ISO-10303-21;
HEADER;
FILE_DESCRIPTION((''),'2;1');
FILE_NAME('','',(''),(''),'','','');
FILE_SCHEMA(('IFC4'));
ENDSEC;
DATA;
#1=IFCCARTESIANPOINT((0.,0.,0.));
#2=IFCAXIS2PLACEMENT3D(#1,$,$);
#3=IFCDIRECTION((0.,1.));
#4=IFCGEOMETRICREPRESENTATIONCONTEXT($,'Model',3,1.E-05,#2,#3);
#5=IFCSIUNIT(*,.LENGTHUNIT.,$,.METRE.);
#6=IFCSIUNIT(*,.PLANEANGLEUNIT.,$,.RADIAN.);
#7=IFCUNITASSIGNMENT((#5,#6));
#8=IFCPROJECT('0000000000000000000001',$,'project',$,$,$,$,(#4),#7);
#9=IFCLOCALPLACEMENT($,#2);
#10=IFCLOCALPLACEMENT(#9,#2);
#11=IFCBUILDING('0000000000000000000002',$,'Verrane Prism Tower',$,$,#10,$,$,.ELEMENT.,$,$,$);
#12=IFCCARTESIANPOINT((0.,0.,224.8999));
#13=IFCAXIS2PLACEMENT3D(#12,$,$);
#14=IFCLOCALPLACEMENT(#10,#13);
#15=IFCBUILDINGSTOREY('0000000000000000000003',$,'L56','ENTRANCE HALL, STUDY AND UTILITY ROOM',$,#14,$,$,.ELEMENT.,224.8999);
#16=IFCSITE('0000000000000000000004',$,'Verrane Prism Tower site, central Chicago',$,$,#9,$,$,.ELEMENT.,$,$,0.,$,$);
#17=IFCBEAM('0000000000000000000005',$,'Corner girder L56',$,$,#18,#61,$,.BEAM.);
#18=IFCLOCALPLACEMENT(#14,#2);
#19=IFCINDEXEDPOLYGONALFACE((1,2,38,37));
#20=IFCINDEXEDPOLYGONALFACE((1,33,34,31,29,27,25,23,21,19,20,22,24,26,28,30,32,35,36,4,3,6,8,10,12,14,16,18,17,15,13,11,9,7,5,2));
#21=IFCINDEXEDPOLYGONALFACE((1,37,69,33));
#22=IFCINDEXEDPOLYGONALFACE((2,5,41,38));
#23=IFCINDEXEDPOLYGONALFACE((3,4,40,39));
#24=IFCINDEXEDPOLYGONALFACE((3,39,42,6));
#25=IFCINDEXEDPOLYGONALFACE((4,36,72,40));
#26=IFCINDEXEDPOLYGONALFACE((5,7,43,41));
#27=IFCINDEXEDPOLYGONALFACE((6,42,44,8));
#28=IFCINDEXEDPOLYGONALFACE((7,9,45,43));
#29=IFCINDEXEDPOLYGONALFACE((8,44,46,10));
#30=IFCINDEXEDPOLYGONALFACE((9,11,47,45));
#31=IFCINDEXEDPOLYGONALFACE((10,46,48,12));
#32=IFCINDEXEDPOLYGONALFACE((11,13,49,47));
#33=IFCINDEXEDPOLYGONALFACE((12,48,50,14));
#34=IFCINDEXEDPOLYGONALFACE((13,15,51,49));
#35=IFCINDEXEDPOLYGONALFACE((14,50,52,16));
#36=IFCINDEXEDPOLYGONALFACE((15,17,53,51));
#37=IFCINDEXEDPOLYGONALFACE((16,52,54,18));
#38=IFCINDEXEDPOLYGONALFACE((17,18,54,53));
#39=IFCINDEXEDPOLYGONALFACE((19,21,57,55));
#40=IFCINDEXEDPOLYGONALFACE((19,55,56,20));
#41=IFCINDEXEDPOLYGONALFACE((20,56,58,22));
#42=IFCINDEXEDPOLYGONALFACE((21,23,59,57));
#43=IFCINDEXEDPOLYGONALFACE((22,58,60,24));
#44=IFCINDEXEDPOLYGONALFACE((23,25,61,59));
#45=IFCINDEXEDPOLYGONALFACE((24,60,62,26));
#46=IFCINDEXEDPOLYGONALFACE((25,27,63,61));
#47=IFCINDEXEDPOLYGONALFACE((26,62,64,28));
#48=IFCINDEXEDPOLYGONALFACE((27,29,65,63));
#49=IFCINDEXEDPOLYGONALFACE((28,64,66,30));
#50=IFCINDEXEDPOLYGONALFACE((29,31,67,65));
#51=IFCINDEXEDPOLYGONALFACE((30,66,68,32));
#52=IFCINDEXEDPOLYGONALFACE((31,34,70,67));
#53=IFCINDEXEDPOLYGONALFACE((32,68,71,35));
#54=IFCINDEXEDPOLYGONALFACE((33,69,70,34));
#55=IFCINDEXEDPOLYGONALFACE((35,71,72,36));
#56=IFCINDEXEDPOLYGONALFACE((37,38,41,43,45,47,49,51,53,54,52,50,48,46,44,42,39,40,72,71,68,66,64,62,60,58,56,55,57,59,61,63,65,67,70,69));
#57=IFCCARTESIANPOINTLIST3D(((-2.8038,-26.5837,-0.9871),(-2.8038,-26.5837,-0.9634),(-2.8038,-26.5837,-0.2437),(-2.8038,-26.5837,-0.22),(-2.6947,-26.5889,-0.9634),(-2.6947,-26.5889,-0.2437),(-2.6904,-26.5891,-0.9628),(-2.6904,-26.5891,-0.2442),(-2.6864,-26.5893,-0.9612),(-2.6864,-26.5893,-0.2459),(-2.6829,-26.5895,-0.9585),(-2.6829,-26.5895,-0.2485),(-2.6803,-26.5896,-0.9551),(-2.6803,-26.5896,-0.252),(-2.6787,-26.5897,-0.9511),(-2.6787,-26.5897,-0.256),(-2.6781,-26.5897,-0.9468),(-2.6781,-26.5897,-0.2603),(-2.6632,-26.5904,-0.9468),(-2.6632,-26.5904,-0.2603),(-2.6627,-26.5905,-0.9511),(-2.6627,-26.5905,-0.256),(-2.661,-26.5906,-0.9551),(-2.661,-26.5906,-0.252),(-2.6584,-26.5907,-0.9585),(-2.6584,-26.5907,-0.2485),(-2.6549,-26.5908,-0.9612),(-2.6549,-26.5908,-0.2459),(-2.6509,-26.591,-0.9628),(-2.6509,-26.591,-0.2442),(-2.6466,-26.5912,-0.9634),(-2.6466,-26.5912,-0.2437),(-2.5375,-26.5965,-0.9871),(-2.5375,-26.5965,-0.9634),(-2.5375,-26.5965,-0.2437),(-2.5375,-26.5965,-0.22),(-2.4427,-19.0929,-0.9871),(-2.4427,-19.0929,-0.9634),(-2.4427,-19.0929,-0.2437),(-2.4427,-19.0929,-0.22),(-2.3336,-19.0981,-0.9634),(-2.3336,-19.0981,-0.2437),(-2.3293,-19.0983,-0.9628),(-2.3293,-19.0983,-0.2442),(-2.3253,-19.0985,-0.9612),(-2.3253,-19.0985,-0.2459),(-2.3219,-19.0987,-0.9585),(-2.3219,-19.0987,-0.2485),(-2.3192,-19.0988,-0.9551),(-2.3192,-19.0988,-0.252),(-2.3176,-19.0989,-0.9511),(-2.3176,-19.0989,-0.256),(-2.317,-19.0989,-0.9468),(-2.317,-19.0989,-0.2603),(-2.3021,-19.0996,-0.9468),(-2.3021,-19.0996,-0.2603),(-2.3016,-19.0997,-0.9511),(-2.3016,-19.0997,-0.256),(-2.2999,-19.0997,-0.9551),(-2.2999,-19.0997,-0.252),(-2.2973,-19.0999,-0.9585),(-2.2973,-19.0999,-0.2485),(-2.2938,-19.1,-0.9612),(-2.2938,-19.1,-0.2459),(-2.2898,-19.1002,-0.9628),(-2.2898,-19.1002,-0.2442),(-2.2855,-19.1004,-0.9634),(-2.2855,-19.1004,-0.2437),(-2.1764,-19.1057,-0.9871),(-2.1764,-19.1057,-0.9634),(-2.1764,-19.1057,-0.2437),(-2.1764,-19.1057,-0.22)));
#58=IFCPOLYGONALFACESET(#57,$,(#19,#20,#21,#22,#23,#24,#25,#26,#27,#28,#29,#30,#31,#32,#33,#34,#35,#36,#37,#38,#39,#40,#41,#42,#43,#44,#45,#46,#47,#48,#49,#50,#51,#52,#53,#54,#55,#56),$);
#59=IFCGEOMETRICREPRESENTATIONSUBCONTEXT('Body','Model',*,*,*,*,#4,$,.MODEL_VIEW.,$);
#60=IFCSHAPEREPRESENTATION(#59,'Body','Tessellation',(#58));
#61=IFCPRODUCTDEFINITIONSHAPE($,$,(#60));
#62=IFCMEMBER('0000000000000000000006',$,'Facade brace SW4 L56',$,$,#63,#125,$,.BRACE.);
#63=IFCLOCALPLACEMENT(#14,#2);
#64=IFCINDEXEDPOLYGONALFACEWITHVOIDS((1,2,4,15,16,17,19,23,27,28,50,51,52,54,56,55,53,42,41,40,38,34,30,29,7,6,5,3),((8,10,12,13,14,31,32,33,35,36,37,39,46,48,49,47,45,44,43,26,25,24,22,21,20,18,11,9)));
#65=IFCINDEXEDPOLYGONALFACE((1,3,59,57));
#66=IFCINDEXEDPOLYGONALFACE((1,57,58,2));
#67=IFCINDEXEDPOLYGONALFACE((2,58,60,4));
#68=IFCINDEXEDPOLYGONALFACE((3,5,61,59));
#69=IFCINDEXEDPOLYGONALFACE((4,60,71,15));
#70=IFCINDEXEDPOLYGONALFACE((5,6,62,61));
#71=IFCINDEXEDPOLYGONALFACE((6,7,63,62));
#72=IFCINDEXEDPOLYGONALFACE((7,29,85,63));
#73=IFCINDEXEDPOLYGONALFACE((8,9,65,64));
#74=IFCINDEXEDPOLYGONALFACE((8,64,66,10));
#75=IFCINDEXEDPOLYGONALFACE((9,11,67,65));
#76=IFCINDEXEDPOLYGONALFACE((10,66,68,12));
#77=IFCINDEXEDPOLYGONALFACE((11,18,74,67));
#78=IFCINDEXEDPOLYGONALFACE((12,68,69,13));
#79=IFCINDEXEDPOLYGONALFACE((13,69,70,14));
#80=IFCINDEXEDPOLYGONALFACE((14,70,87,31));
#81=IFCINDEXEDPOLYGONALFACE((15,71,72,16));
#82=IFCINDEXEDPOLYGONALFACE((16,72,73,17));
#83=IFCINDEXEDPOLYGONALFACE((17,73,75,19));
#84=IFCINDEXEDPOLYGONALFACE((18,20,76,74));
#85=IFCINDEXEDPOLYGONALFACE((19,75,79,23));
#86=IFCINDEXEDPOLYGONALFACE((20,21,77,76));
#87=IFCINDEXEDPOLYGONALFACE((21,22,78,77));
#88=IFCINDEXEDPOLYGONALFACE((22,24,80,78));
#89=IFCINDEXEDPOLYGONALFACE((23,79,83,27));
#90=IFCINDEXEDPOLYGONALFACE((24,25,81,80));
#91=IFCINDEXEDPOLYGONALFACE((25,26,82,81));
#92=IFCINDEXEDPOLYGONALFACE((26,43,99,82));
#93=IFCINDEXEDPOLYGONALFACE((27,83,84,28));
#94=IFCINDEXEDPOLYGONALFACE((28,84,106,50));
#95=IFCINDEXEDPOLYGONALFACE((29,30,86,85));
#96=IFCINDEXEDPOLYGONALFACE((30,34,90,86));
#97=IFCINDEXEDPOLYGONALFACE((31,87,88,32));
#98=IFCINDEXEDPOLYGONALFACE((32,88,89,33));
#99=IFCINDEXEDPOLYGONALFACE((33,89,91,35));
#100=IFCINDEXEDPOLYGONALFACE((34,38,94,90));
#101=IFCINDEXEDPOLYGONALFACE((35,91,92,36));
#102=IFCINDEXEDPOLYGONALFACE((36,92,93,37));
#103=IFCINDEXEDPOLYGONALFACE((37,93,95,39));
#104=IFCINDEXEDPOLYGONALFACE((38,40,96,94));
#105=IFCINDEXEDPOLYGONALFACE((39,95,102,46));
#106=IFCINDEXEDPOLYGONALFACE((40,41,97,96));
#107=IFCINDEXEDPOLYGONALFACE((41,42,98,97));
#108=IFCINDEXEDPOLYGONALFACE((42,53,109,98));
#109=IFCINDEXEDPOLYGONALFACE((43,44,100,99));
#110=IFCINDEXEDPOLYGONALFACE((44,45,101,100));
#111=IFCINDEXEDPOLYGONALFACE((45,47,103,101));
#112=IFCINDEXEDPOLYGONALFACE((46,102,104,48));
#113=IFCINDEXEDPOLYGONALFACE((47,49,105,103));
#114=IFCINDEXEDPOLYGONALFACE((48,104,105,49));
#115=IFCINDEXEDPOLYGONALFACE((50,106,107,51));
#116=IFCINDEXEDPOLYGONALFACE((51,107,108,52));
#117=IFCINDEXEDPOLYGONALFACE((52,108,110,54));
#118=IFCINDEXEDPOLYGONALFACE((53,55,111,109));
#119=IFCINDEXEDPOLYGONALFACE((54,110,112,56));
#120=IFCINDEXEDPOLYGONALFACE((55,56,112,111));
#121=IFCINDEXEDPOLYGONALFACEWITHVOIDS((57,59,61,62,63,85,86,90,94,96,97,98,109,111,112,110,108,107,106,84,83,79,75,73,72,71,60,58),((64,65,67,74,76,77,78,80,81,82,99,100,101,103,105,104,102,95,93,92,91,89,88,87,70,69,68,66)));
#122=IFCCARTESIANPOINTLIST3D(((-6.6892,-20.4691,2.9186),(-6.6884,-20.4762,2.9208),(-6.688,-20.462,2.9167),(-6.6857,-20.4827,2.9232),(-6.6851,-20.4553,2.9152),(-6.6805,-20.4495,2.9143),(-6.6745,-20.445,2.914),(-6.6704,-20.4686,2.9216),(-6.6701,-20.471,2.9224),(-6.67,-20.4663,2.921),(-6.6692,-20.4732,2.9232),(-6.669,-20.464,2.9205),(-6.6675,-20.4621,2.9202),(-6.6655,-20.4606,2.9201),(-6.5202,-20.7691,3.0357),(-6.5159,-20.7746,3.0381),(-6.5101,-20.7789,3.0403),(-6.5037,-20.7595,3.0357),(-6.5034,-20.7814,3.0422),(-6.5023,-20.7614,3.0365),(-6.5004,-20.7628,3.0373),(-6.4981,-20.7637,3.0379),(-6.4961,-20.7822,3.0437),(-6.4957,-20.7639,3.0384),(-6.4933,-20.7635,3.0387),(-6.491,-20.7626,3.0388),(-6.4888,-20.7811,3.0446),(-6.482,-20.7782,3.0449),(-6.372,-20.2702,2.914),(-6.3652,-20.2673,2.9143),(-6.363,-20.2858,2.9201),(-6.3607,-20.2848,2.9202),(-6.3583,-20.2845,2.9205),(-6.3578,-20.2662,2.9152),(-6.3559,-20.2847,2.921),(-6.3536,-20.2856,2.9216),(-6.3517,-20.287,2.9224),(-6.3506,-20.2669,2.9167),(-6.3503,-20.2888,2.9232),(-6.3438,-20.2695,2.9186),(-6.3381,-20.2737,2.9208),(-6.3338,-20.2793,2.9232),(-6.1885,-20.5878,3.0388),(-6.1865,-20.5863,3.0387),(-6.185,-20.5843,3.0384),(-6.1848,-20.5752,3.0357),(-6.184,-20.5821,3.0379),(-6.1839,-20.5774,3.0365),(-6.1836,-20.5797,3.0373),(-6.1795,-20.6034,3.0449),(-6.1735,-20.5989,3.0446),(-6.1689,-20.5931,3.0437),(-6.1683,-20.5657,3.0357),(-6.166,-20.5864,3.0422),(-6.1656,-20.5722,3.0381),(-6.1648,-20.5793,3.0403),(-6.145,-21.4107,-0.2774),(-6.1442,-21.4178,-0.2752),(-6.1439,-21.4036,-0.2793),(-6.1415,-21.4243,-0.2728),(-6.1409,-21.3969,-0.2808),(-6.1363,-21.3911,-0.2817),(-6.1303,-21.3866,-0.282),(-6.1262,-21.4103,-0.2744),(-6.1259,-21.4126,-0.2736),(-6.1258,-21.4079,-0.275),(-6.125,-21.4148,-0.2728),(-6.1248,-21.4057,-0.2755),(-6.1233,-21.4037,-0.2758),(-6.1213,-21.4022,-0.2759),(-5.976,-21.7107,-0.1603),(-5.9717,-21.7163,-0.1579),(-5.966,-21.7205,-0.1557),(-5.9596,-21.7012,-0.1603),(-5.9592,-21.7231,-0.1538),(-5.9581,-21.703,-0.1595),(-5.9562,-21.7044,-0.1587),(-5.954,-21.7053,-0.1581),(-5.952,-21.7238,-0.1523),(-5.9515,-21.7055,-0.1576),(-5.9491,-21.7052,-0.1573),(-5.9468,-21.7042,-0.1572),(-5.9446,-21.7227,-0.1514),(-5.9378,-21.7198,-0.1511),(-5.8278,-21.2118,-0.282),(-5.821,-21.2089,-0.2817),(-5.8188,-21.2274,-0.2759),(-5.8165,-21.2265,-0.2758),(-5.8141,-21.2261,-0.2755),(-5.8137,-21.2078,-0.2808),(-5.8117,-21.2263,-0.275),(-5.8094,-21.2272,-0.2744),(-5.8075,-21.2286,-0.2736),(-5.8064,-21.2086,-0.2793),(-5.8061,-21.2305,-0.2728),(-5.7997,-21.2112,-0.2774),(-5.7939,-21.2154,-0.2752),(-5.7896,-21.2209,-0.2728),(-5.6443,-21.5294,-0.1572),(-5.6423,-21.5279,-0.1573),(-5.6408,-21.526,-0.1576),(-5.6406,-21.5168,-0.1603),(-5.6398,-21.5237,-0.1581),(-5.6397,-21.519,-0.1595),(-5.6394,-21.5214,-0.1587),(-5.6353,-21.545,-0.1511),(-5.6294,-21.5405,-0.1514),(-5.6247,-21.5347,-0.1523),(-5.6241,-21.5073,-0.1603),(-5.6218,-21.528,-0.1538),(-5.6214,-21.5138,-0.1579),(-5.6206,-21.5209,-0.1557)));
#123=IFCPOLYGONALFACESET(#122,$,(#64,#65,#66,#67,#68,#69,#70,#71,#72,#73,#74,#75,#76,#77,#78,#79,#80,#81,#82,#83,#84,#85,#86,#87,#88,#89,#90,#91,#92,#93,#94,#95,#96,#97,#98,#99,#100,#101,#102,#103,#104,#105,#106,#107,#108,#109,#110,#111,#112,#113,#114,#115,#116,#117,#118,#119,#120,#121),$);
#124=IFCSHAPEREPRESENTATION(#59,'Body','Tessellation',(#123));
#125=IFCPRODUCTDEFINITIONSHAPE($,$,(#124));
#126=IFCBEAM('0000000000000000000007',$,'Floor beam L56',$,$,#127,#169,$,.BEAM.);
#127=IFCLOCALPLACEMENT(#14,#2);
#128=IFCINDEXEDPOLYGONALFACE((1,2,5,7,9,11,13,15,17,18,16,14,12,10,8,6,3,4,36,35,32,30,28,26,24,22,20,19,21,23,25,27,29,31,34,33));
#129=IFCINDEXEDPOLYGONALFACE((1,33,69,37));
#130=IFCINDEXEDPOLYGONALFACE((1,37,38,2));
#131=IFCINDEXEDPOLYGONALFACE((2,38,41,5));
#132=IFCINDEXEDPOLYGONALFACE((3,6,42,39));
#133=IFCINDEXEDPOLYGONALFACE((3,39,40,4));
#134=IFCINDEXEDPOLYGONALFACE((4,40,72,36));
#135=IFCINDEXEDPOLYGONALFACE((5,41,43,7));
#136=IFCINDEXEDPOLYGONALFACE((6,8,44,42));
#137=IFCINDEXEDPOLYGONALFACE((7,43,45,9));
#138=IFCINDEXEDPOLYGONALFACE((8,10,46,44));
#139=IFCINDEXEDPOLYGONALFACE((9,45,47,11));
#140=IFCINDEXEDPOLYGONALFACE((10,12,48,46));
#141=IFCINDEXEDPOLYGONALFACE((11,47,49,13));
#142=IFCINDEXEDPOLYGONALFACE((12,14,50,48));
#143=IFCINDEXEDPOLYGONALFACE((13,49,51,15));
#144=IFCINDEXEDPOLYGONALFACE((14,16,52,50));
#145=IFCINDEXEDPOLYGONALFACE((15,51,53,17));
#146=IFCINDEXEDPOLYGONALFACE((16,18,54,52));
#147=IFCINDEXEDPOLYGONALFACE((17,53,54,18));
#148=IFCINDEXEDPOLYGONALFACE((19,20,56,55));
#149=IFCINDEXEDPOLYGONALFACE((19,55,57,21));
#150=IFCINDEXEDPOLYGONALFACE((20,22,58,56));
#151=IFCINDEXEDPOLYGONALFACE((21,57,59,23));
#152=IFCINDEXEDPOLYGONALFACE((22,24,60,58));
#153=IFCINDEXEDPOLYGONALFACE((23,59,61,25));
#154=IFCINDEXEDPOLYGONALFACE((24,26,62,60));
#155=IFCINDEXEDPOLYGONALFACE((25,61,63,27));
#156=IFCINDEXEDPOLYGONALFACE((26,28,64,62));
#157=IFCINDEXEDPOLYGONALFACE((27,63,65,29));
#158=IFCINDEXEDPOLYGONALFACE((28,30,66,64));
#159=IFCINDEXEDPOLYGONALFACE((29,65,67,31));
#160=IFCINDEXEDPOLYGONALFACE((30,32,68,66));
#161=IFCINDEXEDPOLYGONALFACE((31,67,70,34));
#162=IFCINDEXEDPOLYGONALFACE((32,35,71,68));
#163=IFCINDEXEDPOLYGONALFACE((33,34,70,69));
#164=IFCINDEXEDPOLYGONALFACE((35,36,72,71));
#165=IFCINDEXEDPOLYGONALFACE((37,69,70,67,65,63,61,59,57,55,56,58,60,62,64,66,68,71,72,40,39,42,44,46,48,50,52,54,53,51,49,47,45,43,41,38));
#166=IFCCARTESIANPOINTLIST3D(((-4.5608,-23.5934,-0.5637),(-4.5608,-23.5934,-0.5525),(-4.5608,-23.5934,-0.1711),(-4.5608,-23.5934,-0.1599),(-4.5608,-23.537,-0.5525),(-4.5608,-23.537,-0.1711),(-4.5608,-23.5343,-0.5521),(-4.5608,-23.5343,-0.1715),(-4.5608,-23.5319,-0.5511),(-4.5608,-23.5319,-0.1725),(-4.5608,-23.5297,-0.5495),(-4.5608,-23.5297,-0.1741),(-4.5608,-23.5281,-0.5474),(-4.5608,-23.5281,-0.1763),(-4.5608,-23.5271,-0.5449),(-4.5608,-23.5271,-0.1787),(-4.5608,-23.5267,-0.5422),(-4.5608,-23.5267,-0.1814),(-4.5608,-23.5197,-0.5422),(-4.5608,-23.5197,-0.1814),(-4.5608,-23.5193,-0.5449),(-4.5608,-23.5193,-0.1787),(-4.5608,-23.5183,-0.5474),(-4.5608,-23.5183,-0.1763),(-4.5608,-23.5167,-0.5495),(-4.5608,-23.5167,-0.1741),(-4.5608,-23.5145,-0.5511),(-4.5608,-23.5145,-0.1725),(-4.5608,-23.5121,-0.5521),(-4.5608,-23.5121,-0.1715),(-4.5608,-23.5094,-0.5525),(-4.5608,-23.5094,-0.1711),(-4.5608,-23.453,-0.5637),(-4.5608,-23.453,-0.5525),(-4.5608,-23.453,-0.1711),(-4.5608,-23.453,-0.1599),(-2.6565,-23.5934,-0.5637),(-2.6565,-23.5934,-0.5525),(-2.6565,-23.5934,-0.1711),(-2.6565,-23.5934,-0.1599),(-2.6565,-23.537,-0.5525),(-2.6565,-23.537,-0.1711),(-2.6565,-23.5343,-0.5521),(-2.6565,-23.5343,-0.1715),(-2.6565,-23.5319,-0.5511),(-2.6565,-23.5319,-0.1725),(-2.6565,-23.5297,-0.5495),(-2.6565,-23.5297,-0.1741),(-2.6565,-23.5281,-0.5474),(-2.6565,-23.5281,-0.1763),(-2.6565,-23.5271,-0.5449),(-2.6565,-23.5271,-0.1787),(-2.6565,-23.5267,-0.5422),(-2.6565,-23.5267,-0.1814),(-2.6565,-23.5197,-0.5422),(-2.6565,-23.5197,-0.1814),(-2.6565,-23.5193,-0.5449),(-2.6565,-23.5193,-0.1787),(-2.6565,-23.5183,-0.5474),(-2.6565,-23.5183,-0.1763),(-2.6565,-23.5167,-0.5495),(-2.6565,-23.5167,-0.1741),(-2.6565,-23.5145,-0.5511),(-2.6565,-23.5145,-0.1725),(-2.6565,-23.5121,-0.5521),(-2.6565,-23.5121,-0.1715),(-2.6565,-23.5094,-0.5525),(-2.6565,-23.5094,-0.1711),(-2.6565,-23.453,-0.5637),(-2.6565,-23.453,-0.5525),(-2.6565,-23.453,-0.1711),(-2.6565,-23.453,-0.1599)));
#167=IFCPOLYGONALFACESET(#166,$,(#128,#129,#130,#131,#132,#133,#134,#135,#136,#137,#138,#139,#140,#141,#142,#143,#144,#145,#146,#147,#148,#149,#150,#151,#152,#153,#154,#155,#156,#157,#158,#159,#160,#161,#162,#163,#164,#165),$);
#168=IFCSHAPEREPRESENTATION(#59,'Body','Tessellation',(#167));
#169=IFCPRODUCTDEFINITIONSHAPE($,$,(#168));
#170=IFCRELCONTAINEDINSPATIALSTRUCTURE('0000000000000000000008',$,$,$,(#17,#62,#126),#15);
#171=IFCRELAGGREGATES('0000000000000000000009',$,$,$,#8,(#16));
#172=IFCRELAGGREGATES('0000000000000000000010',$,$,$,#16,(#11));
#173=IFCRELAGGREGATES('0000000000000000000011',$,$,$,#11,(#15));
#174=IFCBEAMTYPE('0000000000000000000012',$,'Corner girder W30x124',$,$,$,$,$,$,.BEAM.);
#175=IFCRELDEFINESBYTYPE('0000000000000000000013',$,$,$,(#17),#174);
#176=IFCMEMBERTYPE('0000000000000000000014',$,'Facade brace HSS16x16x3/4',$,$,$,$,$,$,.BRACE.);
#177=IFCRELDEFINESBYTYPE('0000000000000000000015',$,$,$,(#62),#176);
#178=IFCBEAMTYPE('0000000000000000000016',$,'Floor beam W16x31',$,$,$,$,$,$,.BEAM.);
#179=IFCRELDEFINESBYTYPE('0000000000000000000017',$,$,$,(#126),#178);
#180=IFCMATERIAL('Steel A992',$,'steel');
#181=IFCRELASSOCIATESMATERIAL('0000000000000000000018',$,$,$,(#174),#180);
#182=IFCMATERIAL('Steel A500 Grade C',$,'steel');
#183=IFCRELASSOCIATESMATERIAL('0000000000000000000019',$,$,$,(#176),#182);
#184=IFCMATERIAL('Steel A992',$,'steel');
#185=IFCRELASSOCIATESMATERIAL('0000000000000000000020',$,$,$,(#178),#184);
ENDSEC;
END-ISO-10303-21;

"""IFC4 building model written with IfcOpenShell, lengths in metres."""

from ifc_helpers import new_model, si_unit, direction, frame, origin, origin_2d, place, context, subcontext, project, spatial, hollow_rectangle, i_section, extrude, material, material_profile, profile_set, type_object, element, save


model = new_model("IFC4")

# Units and contexts
model_context = context("Model", 3, precision=1e-05, world=origin(), true_north=direction((0.0, 1.0)))
body_context = subcontext(model_context, "Body", "Model", "MODEL_VIEW")
ifc_project = project(units=[si_unit("LENGTHUNIT", "METRE"), si_unit("PLANEANGLEUNIT", "RADIAN")], contexts=[model_context])

# Site, building, storey
site_placement = place(None, origin())
site = spatial("IfcSite", under=ifc_project, at=site_placement, Name="Verrane Prism Tower site, central Chicago", CompositionType="ELEMENT", RefElevation=0.0)
building_placement = place(site_placement, origin())
building = spatial("IfcBuilding", under=site, at=building_placement, Name="Verrane Prism Tower", CompositionType="ELEMENT")
storey_placement = place(building_placement, frame((0.0, 0.0, 224.8999)))
storey = spatial("IfcBuildingStorey", under=building, at=storey_placement, Name="L56", Description="ENTRANCE HALL, STUDY AND UTILITY ROOM", CompositionType="ELEMENT", Elevation=224.8999)

# Beam
ifc_material_1 = material(Name="Steel A992", Category="steel")
ifc_material_profile_1 = material_profile(ifc_material_1, i_section(OverallWidth=0.2666, OverallDepth=0.7671, WebThickness=0.0149, FlangeThickness=0.0237, FilletRadius=0.0166, at=origin_2d()), Name="W30x124")
ifc_profile_set_1 = profile_set([ifc_material_profile_1], Name="Steel A992")
beam_type_1 = type_object("IfcBeamType", Name="Corner girder W30x124", PredefinedType="BEAM", material=ifc_profile_set_1)
beam_1_placement = place(storey_placement, frame((-2.6707, -26.5901, -0.6035), z_axis=(0.048148, 0.99884, 0.0), x_axis=(-0.99884, 0.048148, 0.0)))
element("IfcBeam", 1, at=beam_1_placement, inside=storey, type_object=beam_type_1, Name="Corner girder L56", PredefinedType="BEAM", context=body_context, shape_type="SweptSolid", body=[
    extrude(i_section(OverallWidth=0.2666, OverallDepth=0.7671, WebThickness=0.0149, FlangeThickness=0.0237, FilletRadius=0.0166, at=origin_2d()), origin(), (0.0, 0.0, 1.0), 7.4995),
])

# Member
ifc_material_2 = material(Name="Steel A500 Grade C", Category="steel")
ifc_material_profile_2 = material_profile(ifc_material_2, hollow_rectangle(XDim=0.4065, YDim=0.4065, WallThickness=0.019, InnerFilletRadius=0.0095, OuterFilletRadius=0.0286, at=origin_2d()), Name="HSS16x16x3/4")
ifc_profile_set_2 = profile_set([ifc_material_profile_2], Name="Steel A500 Grade C")
member_type_1 = type_object("IfcMemberType", Name="Facade brace HSS16x16x3/4", PredefinedType="BRACE", material=ifc_profile_set_2)
member_1_placement = place(storey_placement, frame((-5.8828, -21.4658, -0.2166), z_axis=(-0.161192, 0.278923, 0.946689), x_axis=(-0.865815, -0.500364, 0.0)))
element("IfcMember", 2, at=member_1_placement, inside=storey, type_object=member_type_1, Name="Facade brace SW4 L56", PredefinedType="BRACE", context=body_context, shape_type="SweptSolid", body=[
    extrude(hollow_rectangle(XDim=0.4065, YDim=0.4065, WallThickness=0.019, InnerFilletRadius=0.0095, OuterFilletRadius=0.0286, at=origin_2d()), origin(), (0.0, 0.0, 1.0), 3.376),
])

# Beam
ifc_material_3 = material(Name="Steel A992", Category="steel")
ifc_material_profile_3 = material_profile(ifc_material_3, i_section(OverallWidth=0.1404, OverallDepth=0.4038, WebThickness=0.0071, FlangeThickness=0.0112, FilletRadius=0.0103, at=origin_2d()), Name="W16x31")
ifc_profile_set_3 = profile_set([ifc_material_profile_3], Name="Steel A992")
beam_type_2 = type_object("IfcBeamType", Name="Floor beam W16x31", PredefinedType="BEAM", material=ifc_profile_set_3)
beam_2_placement = place(storey_placement, frame((-4.5608, -23.5232, -0.3618), z_axis=(1.0, 0.0, 0.0), x_axis=(0.0, 1.0, 0.0)))
element("IfcBeam", 3, at=beam_2_placement, inside=storey, type_object=beam_type_2, Name="Floor beam L56", PredefinedType="BEAM", context=body_context, shape_type="SweptSolid", body=[
    extrude(i_section(OverallWidth=0.1404, OverallDepth=0.4038, WebThickness=0.0071, FlangeThickness=0.0112, FilletRadius=0.0103, at=origin_2d()), origin(), (0.0, 0.0, 1.0), 1.9043),
])

save(model, "model.ifc")
